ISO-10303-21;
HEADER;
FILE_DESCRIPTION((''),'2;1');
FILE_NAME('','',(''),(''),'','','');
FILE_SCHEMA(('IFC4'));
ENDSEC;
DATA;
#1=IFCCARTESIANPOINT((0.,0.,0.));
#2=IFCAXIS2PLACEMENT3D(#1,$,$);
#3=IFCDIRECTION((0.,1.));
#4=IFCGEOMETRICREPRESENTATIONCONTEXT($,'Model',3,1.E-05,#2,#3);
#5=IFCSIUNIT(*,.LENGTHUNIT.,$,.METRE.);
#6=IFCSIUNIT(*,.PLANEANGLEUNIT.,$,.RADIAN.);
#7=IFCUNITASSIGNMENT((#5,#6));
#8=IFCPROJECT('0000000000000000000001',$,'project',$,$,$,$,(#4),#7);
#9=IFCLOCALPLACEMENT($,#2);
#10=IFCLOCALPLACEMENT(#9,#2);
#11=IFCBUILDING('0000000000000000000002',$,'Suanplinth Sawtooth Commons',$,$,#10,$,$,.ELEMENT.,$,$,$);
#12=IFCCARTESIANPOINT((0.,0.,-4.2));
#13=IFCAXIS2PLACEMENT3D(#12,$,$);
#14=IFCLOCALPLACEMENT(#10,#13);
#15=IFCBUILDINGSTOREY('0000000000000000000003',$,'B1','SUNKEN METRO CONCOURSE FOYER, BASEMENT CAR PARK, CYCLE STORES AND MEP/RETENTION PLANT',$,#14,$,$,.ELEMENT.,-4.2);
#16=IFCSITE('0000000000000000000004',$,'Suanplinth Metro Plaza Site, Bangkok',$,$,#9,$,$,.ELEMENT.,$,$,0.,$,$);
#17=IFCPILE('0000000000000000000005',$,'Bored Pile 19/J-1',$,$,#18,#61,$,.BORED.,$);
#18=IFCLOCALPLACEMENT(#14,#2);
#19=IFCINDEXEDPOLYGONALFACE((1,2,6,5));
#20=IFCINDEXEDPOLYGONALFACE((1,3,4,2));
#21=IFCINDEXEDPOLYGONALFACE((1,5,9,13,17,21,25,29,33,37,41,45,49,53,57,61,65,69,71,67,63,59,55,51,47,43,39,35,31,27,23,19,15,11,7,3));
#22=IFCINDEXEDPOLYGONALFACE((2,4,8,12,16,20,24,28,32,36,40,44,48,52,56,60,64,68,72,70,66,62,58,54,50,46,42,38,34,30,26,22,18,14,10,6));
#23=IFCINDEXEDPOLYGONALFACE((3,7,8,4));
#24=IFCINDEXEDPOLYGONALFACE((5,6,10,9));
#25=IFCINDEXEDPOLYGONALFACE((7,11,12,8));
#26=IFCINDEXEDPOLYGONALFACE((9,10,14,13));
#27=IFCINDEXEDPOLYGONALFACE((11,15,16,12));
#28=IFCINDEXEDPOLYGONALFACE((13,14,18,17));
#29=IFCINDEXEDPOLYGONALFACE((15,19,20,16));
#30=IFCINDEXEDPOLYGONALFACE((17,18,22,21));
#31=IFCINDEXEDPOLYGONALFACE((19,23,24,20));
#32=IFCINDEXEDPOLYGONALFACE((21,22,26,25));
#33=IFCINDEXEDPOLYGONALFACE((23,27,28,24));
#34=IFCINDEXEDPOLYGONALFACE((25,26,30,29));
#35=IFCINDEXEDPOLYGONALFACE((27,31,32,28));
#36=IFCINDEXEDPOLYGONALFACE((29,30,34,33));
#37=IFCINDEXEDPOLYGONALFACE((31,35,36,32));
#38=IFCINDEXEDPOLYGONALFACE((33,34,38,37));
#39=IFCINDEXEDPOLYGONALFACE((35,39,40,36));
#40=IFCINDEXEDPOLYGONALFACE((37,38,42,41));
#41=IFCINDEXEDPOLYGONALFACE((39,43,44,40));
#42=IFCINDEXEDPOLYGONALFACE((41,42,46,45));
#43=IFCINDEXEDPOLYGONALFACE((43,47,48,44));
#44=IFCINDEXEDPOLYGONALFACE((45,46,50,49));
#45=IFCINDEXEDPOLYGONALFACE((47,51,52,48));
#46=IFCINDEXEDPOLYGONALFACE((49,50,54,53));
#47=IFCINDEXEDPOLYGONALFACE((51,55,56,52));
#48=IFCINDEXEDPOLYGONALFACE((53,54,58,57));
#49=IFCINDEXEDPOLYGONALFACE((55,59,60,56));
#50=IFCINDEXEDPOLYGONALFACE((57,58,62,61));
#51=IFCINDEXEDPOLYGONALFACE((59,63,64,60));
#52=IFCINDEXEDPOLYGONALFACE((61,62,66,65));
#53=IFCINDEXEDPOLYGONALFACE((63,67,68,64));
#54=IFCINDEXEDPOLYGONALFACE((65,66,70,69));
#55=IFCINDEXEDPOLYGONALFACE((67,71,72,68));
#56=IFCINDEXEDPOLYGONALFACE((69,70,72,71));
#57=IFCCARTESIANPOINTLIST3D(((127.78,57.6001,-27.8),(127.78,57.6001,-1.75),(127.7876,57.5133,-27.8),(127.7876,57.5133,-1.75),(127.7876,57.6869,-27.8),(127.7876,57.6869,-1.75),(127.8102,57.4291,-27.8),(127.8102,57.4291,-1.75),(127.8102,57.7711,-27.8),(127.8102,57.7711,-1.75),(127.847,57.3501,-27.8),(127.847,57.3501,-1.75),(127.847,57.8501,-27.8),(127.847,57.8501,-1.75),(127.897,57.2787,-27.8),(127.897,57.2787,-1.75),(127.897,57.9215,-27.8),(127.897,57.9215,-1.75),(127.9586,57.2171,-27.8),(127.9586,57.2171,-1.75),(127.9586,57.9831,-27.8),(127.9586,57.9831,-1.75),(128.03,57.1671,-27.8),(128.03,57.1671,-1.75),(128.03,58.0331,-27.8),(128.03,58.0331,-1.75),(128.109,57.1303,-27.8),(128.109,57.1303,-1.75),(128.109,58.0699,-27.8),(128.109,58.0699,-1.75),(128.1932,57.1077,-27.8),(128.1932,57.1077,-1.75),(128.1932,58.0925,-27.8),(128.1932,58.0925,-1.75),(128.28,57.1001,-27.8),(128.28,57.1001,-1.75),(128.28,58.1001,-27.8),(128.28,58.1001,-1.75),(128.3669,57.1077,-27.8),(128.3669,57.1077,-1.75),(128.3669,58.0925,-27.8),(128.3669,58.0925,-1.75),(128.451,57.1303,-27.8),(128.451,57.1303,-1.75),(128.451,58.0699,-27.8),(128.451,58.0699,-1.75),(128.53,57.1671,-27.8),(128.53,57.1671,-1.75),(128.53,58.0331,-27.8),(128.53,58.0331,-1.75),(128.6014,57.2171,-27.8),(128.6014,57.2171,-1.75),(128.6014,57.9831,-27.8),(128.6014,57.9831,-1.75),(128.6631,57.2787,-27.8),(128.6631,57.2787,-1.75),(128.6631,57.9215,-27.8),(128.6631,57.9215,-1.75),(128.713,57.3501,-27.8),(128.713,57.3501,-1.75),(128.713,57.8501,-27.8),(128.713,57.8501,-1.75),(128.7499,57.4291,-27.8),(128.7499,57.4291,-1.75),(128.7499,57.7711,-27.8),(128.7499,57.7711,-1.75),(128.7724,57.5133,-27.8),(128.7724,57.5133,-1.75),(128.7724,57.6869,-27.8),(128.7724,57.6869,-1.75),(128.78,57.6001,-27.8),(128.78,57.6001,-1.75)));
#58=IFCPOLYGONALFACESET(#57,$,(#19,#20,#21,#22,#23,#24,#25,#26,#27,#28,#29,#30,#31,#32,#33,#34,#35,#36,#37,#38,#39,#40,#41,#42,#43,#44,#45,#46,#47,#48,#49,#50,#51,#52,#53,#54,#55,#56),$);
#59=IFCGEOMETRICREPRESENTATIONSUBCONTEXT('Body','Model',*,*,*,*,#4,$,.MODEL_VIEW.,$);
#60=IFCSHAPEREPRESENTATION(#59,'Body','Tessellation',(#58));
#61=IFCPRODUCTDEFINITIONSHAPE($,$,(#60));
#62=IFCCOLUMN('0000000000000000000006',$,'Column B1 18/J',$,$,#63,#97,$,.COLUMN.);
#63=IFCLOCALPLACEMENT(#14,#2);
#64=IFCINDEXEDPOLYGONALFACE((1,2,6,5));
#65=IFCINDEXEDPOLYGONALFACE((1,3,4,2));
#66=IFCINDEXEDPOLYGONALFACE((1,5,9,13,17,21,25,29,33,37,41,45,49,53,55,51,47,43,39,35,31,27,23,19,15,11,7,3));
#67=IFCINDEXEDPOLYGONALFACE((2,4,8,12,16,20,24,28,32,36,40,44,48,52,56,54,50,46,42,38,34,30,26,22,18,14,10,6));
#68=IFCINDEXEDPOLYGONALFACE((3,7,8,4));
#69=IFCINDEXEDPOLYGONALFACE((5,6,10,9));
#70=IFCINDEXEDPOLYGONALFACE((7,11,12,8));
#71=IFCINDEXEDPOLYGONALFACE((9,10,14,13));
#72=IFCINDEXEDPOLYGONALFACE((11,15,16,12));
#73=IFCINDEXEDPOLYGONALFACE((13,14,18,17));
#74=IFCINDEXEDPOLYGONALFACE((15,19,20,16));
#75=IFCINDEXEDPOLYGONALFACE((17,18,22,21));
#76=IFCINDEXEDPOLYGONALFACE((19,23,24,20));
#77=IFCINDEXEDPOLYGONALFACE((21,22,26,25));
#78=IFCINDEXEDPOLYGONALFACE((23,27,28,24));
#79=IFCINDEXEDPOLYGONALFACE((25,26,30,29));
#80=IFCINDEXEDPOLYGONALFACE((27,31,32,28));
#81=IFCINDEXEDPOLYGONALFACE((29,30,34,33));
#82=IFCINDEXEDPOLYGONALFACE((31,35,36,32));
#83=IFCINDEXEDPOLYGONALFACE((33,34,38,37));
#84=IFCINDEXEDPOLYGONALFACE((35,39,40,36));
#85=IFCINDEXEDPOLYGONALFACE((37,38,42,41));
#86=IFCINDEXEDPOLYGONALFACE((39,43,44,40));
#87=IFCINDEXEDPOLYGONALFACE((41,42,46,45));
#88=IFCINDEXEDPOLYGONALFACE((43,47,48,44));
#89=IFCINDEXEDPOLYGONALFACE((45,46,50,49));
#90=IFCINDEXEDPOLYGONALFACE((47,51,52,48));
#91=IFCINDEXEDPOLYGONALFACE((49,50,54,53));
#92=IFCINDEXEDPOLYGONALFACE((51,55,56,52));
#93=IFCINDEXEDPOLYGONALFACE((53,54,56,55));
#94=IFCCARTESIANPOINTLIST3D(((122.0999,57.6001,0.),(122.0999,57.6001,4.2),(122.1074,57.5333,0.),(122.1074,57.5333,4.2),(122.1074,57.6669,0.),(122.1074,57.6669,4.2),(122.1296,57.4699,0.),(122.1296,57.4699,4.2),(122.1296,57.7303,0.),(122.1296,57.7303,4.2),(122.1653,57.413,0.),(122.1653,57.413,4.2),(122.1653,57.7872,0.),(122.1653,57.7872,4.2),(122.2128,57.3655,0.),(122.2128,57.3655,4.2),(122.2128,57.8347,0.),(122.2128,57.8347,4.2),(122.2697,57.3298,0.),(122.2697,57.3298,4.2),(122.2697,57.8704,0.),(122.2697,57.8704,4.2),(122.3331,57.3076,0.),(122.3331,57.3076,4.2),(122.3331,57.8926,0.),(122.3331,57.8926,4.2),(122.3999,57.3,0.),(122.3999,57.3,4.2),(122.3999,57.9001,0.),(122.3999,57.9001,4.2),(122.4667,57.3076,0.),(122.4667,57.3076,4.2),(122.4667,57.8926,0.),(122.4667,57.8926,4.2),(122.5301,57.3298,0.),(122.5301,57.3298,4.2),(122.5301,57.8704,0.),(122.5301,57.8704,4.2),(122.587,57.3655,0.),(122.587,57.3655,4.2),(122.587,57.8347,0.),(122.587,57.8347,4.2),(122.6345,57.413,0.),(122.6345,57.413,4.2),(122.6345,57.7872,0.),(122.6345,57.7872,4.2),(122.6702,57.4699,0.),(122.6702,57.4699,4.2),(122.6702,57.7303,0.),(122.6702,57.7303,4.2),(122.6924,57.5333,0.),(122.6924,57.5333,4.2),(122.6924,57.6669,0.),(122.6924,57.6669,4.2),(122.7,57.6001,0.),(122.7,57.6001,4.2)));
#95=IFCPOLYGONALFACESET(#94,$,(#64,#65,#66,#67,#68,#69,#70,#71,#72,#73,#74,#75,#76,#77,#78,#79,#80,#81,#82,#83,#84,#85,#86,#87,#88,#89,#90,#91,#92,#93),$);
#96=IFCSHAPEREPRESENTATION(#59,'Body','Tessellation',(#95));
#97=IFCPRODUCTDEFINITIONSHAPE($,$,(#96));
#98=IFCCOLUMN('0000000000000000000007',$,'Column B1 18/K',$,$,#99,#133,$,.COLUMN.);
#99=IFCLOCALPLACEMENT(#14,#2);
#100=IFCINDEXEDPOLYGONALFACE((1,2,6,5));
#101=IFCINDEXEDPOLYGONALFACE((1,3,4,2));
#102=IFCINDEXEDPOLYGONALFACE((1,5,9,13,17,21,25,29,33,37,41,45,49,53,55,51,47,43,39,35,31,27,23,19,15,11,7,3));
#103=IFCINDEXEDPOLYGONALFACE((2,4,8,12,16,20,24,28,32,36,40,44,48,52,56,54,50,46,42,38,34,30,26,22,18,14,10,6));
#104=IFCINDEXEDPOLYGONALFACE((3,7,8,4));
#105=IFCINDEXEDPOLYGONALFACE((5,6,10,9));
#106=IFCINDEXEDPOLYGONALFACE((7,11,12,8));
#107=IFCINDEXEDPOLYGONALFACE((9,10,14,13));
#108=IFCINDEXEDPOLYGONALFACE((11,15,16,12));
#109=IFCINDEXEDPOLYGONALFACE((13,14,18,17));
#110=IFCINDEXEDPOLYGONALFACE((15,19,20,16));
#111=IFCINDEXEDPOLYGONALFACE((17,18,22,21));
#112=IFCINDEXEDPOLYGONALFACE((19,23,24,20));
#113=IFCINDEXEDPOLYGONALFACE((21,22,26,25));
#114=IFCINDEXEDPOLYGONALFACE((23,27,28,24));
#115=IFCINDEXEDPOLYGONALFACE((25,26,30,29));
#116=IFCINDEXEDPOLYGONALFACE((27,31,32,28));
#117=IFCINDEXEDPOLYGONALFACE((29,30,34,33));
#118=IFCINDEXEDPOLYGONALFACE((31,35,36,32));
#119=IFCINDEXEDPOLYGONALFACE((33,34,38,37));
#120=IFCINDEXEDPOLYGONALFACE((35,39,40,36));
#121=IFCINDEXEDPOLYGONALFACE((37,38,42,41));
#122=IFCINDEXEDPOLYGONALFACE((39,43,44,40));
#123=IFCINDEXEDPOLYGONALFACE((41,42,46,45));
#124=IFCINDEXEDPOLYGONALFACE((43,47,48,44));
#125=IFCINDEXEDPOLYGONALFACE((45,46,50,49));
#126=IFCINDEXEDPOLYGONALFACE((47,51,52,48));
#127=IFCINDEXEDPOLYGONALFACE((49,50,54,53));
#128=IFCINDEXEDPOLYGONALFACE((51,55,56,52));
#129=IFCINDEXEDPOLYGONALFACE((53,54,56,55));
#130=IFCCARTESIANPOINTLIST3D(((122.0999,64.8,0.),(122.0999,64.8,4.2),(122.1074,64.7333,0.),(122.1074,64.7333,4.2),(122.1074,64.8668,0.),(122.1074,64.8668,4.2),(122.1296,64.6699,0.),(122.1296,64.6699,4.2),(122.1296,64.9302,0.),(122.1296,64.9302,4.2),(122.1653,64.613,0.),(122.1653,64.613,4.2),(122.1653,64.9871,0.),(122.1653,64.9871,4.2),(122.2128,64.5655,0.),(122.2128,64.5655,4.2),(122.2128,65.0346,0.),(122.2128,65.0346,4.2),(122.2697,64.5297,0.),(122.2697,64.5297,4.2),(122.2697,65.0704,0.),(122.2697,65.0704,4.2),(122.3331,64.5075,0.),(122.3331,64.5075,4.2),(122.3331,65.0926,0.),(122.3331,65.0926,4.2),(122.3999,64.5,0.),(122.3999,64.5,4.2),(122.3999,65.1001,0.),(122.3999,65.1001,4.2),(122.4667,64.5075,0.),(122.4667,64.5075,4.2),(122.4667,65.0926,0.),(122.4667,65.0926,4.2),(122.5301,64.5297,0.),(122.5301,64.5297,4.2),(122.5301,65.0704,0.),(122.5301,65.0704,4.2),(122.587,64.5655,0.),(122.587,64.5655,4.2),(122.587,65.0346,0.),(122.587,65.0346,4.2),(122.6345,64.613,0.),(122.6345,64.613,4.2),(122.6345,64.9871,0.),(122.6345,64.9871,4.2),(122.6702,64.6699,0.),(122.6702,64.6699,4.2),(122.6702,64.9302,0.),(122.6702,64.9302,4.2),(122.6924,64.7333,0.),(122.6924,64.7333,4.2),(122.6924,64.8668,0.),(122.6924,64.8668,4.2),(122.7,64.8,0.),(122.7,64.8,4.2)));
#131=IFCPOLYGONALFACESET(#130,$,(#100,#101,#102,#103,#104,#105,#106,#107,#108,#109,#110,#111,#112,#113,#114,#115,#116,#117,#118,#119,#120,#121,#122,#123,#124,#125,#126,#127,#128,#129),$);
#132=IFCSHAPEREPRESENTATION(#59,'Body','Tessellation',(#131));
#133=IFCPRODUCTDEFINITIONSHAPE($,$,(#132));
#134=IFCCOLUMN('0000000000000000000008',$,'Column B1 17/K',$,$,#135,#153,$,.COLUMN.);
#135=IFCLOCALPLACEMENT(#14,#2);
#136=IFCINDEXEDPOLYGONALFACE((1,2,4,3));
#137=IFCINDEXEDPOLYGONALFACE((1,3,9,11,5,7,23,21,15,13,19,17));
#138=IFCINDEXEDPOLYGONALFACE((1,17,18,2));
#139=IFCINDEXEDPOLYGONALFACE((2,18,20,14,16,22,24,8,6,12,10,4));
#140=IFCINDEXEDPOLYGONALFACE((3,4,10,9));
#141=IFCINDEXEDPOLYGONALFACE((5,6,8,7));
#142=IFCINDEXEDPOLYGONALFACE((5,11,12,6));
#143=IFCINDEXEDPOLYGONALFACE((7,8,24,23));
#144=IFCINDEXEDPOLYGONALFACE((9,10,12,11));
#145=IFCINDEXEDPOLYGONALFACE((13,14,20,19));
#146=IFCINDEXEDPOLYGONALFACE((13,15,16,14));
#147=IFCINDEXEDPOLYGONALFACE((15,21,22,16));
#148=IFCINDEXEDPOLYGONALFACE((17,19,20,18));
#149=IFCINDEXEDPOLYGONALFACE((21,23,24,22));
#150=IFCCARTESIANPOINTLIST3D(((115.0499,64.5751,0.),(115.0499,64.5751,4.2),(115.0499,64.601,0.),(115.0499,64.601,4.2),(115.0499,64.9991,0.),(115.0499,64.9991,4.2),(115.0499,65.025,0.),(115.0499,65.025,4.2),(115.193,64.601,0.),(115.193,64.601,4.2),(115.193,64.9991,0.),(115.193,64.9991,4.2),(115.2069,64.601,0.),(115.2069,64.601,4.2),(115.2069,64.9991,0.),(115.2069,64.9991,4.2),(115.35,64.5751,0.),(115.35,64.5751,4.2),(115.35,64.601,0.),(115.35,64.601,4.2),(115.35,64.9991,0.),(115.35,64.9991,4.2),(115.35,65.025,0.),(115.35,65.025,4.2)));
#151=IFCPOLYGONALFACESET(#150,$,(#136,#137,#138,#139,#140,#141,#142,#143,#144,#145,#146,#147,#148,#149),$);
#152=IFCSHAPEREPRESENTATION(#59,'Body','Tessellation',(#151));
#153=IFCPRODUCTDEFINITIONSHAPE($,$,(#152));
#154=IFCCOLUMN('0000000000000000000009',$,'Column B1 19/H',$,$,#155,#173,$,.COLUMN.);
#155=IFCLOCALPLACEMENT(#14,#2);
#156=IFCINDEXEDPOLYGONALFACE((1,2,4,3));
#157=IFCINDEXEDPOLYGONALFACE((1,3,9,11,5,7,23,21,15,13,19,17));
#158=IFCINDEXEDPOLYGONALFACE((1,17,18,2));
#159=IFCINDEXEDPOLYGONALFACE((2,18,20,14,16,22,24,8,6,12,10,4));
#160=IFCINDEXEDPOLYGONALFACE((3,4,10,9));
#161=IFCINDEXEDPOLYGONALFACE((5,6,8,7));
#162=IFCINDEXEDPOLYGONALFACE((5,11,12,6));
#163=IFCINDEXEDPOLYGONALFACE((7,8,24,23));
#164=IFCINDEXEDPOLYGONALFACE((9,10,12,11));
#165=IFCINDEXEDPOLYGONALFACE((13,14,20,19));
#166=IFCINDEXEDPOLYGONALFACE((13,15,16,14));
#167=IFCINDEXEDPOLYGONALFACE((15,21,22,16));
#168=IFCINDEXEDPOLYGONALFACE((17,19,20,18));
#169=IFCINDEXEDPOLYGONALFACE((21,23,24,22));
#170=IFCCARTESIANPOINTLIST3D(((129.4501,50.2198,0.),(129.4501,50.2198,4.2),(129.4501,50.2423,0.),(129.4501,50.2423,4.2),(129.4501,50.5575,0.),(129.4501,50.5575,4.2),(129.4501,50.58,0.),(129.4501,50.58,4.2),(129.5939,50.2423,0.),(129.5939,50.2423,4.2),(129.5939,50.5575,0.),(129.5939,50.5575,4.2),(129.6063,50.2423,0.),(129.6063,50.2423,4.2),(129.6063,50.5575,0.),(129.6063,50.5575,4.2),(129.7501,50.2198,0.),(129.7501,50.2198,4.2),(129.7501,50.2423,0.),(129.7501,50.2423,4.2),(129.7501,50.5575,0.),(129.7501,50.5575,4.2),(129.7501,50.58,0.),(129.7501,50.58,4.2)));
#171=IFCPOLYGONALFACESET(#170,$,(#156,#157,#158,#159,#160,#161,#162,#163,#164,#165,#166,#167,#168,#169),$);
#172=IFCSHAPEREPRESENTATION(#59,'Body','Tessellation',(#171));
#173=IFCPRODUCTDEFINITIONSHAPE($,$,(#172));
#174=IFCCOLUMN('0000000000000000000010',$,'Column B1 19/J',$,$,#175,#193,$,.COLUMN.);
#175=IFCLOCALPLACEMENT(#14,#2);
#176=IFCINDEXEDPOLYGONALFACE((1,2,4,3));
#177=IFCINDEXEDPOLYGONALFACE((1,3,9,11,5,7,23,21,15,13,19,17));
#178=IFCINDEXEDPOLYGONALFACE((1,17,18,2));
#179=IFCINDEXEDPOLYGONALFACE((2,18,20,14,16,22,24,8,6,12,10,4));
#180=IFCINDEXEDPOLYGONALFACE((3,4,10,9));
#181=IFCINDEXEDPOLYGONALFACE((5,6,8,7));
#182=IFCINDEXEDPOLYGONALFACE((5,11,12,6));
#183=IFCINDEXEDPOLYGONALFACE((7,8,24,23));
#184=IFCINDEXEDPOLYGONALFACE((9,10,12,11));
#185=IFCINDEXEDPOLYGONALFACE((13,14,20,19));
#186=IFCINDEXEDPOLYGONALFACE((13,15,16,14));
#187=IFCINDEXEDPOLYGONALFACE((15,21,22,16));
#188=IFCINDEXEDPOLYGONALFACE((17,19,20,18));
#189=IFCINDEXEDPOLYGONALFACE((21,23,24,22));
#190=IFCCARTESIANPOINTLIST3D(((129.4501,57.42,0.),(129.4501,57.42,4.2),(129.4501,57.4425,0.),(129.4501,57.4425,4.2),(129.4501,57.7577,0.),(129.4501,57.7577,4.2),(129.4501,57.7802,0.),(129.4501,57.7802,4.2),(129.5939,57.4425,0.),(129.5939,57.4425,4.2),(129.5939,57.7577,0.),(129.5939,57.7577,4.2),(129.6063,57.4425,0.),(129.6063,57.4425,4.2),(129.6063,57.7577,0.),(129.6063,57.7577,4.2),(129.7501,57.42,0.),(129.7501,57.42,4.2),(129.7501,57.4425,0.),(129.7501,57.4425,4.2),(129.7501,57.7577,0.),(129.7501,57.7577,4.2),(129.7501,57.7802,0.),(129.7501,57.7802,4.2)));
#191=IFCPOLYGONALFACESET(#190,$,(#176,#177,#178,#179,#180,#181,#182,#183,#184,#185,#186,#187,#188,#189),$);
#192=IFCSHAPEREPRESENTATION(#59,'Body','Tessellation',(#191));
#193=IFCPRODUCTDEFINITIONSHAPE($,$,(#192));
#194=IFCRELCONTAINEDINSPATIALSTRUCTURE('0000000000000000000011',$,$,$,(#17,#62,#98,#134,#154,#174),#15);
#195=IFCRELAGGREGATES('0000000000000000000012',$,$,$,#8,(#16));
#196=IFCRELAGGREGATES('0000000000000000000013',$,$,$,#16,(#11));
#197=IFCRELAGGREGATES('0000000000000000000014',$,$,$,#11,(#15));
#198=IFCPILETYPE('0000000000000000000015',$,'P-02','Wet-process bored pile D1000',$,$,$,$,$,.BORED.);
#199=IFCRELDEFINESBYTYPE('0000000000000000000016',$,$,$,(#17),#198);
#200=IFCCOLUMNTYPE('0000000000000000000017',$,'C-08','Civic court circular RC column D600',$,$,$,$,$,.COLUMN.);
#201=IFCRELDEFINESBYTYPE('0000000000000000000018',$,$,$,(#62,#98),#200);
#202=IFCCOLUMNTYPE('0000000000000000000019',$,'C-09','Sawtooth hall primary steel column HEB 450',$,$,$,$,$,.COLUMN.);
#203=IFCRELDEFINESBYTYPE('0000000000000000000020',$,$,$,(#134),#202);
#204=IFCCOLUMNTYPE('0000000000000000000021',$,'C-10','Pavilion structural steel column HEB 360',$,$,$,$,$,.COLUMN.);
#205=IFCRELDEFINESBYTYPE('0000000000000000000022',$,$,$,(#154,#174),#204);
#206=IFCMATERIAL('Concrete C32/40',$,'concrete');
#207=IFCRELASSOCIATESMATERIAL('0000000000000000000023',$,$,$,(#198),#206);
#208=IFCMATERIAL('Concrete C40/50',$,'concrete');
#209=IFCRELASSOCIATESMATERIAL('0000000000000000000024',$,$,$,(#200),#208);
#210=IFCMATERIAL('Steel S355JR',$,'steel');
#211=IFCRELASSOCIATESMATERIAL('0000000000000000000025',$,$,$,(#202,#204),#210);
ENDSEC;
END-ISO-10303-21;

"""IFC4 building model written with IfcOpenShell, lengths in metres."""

from ifc_helpers import new_model, si_unit, direction, frame, origin, origin_2d, place, context, subcontext, project, spatial, circle, i_section, extrude, material, material_profile, profile_set, type_object, element, save


model = new_model("IFC4")

# Units and contexts
model_context = context("Model", 3, precision=1e-05, world=origin(), true_north=direction((0.0, 1.0)))
body_context = subcontext(model_context, "Body", "Model", "MODEL_VIEW")
ifc_project = project(units=[si_unit("LENGTHUNIT", "METRE"), si_unit("PLANEANGLEUNIT", "RADIAN")], contexts=[model_context])

# Site, building, storey
site_placement = place(None, origin())
site = spatial("IfcSite", under=ifc_project, at=site_placement, Name="Suanplinth Metro Plaza Site, Bangkok", CompositionType="ELEMENT", RefElevation=0.0)
building_placement = place(site_placement, origin())
building = spatial("IfcBuilding", under=site, at=building_placement, Name="Suanplinth Sawtooth Commons", CompositionType="ELEMENT")
storey_placement = place(building_placement, frame((0.0, 0.0, -4.2)))
storey = spatial("IfcBuildingStorey", under=building, at=storey_placement, Name="B1", Description="SUNKEN METRO CONCOURSE FOYER, BASEMENT CAR PARK, CYCLE STORES AND MEP/RETENTION PLANT", CompositionType="ELEMENT", Elevation=-4.2)

# Pile
ifc_material_1 = material(Name="Concrete C32/40", Category="concrete")
ifc_material_profile_1 = material_profile(ifc_material_1, circle(Radius=0.5, at=origin_2d()), Name="PILE D1000")
ifc_profile_set_1 = profile_set([ifc_material_profile_1], Name="Concrete C32/40")
pile_type_1 = type_object("IfcPileType", Name="P-02", Description="Wet-process bored pile D1000", PredefinedType="BORED", material=ifc_profile_set_1)
pile_1_placement = place(storey_placement, frame((128.28, 57.6001, -1.75), z_axis=(0.0, 0.0, -1.0), x_axis=(1.0, 0.0, 0.0)))
element("IfcPile", 1, at=pile_1_placement, inside=storey, type_object=pile_type_1, Name="Bored Pile 19/J-1", PredefinedType="BORED", context=body_context, shape_type="SweptSolid", body=[
    extrude(circle(Radius=0.5, at=origin_2d()), origin(), (0.0, 0.0, 1.0), 26.05),
])

# Columns
ifc_material_2 = material(Name="Concrete C40/50", Category="concrete")
ifc_material_profile_2 = material_profile(ifc_material_2, circle(Radius=0.3, at=origin_2d()), Name="RC-CIRC D600")
ifc_profile_set_2 = profile_set([ifc_material_profile_2], Name="Concrete C40/50")
column_type_1 = type_object("IfcColumnType", Name="C-08", Description="Civic court circular RC column D600", PredefinedType="COLUMN", material=ifc_profile_set_2)
for number, where, z_axis, x_axis, name in (
    (2, (122.3999, 57.6001, 0.0), (0.0, 0.0, 1.0), (1.0, 0.0, 0.0), "Column B1 18/J"),
    (3, (122.3999, 64.8, 0.0), (0.0, 0.0, 1.0), (1.0, 0.0, 0.0), "Column B1 18/K"),
):
    element("IfcColumn", number, at=place(storey_placement, frame(where, z_axis=z_axis, x_axis=x_axis)), inside=storey, type_object=column_type_1, Name=name, PredefinedType="COLUMN", context=body_context, shape_type="SweptSolid", body=[
        extrude(circle(Radius=0.3, at=origin_2d()), origin(), (0.0, 0.0, 1.0), 4.2),
    ])
ifc_material_3 = material(Name="Steel S355JR", Category="steel")
ifc_material_profile_3 = material_profile(ifc_material_3, i_section(OverallWidth=0.3, OverallDepth=0.45, WebThickness=0.0139, FlangeThickness=0.0259, at=origin_2d()), Name="HEB 450")
ifc_profile_set_3 = profile_set([ifc_material_profile_3], Name="Steel S355JR")
column_type_2 = type_object("IfcColumnType", Name="C-09", Description="Sawtooth hall primary steel column HEB 450", PredefinedType="COLUMN", material=ifc_profile_set_3)
column_placement = place(storey_placement, frame((115.2, 64.8, 0.0), z_axis=(0.0, 0.0, 1.0), x_axis=(1.0, 0.0, 0.0)))
element("IfcColumn", 4, at=column_placement, inside=storey, type_object=column_type_2, Name="Column B1 17/K", PredefinedType="COLUMN", context=body_context, shape_type="SweptSolid", body=[
    extrude(i_section(OverallWidth=0.3, OverallDepth=0.45, WebThickness=0.0139, FlangeThickness=0.0259, at=origin_2d()), origin(), (0.0, 0.0, 1.0), 4.2),
])
ifc_material_profile_4 = material_profile(ifc_material_3, i_section(OverallWidth=0.3, OverallDepth=0.3601, WebThickness=0.0125, FlangeThickness=0.0225, at=origin_2d()), Name="HEB 360")
ifc_profile_set_4 = profile_set([ifc_material_profile_4], Name="Steel S355JR")
column_type_3 = type_object("IfcColumnType", Name="C-10", Description="Pavilion structural steel column HEB 360", PredefinedType="COLUMN", material=ifc_profile_set_4)
for number, where, z_axis, x_axis, name in (
    (5, (129.6001, 50.3999, 0.0), (0.0, 0.0, 1.0), (1.0, 0.0, 0.0), "Column B1 19/H"),
    (6, (129.6001, 57.6001, 0.0), (0.0, 0.0, 1.0), (1.0, 0.0, 0.0), "Column B1 19/J"),
):
    element("IfcColumn", number, at=place(storey_placement, frame(where, z_axis=z_axis, x_axis=x_axis)), inside=storey, type_object=column_type_3, Name=name, PredefinedType="COLUMN", context=body_context, shape_type="SweptSolid", body=[
        extrude(i_section(OverallWidth=0.3, OverallDepth=0.3601, WebThickness=0.0125, FlangeThickness=0.0225, at=origin_2d()), origin(), (0.0, 0.0, 1.0), 4.2),
    ])

save(model, "model.ifc")
